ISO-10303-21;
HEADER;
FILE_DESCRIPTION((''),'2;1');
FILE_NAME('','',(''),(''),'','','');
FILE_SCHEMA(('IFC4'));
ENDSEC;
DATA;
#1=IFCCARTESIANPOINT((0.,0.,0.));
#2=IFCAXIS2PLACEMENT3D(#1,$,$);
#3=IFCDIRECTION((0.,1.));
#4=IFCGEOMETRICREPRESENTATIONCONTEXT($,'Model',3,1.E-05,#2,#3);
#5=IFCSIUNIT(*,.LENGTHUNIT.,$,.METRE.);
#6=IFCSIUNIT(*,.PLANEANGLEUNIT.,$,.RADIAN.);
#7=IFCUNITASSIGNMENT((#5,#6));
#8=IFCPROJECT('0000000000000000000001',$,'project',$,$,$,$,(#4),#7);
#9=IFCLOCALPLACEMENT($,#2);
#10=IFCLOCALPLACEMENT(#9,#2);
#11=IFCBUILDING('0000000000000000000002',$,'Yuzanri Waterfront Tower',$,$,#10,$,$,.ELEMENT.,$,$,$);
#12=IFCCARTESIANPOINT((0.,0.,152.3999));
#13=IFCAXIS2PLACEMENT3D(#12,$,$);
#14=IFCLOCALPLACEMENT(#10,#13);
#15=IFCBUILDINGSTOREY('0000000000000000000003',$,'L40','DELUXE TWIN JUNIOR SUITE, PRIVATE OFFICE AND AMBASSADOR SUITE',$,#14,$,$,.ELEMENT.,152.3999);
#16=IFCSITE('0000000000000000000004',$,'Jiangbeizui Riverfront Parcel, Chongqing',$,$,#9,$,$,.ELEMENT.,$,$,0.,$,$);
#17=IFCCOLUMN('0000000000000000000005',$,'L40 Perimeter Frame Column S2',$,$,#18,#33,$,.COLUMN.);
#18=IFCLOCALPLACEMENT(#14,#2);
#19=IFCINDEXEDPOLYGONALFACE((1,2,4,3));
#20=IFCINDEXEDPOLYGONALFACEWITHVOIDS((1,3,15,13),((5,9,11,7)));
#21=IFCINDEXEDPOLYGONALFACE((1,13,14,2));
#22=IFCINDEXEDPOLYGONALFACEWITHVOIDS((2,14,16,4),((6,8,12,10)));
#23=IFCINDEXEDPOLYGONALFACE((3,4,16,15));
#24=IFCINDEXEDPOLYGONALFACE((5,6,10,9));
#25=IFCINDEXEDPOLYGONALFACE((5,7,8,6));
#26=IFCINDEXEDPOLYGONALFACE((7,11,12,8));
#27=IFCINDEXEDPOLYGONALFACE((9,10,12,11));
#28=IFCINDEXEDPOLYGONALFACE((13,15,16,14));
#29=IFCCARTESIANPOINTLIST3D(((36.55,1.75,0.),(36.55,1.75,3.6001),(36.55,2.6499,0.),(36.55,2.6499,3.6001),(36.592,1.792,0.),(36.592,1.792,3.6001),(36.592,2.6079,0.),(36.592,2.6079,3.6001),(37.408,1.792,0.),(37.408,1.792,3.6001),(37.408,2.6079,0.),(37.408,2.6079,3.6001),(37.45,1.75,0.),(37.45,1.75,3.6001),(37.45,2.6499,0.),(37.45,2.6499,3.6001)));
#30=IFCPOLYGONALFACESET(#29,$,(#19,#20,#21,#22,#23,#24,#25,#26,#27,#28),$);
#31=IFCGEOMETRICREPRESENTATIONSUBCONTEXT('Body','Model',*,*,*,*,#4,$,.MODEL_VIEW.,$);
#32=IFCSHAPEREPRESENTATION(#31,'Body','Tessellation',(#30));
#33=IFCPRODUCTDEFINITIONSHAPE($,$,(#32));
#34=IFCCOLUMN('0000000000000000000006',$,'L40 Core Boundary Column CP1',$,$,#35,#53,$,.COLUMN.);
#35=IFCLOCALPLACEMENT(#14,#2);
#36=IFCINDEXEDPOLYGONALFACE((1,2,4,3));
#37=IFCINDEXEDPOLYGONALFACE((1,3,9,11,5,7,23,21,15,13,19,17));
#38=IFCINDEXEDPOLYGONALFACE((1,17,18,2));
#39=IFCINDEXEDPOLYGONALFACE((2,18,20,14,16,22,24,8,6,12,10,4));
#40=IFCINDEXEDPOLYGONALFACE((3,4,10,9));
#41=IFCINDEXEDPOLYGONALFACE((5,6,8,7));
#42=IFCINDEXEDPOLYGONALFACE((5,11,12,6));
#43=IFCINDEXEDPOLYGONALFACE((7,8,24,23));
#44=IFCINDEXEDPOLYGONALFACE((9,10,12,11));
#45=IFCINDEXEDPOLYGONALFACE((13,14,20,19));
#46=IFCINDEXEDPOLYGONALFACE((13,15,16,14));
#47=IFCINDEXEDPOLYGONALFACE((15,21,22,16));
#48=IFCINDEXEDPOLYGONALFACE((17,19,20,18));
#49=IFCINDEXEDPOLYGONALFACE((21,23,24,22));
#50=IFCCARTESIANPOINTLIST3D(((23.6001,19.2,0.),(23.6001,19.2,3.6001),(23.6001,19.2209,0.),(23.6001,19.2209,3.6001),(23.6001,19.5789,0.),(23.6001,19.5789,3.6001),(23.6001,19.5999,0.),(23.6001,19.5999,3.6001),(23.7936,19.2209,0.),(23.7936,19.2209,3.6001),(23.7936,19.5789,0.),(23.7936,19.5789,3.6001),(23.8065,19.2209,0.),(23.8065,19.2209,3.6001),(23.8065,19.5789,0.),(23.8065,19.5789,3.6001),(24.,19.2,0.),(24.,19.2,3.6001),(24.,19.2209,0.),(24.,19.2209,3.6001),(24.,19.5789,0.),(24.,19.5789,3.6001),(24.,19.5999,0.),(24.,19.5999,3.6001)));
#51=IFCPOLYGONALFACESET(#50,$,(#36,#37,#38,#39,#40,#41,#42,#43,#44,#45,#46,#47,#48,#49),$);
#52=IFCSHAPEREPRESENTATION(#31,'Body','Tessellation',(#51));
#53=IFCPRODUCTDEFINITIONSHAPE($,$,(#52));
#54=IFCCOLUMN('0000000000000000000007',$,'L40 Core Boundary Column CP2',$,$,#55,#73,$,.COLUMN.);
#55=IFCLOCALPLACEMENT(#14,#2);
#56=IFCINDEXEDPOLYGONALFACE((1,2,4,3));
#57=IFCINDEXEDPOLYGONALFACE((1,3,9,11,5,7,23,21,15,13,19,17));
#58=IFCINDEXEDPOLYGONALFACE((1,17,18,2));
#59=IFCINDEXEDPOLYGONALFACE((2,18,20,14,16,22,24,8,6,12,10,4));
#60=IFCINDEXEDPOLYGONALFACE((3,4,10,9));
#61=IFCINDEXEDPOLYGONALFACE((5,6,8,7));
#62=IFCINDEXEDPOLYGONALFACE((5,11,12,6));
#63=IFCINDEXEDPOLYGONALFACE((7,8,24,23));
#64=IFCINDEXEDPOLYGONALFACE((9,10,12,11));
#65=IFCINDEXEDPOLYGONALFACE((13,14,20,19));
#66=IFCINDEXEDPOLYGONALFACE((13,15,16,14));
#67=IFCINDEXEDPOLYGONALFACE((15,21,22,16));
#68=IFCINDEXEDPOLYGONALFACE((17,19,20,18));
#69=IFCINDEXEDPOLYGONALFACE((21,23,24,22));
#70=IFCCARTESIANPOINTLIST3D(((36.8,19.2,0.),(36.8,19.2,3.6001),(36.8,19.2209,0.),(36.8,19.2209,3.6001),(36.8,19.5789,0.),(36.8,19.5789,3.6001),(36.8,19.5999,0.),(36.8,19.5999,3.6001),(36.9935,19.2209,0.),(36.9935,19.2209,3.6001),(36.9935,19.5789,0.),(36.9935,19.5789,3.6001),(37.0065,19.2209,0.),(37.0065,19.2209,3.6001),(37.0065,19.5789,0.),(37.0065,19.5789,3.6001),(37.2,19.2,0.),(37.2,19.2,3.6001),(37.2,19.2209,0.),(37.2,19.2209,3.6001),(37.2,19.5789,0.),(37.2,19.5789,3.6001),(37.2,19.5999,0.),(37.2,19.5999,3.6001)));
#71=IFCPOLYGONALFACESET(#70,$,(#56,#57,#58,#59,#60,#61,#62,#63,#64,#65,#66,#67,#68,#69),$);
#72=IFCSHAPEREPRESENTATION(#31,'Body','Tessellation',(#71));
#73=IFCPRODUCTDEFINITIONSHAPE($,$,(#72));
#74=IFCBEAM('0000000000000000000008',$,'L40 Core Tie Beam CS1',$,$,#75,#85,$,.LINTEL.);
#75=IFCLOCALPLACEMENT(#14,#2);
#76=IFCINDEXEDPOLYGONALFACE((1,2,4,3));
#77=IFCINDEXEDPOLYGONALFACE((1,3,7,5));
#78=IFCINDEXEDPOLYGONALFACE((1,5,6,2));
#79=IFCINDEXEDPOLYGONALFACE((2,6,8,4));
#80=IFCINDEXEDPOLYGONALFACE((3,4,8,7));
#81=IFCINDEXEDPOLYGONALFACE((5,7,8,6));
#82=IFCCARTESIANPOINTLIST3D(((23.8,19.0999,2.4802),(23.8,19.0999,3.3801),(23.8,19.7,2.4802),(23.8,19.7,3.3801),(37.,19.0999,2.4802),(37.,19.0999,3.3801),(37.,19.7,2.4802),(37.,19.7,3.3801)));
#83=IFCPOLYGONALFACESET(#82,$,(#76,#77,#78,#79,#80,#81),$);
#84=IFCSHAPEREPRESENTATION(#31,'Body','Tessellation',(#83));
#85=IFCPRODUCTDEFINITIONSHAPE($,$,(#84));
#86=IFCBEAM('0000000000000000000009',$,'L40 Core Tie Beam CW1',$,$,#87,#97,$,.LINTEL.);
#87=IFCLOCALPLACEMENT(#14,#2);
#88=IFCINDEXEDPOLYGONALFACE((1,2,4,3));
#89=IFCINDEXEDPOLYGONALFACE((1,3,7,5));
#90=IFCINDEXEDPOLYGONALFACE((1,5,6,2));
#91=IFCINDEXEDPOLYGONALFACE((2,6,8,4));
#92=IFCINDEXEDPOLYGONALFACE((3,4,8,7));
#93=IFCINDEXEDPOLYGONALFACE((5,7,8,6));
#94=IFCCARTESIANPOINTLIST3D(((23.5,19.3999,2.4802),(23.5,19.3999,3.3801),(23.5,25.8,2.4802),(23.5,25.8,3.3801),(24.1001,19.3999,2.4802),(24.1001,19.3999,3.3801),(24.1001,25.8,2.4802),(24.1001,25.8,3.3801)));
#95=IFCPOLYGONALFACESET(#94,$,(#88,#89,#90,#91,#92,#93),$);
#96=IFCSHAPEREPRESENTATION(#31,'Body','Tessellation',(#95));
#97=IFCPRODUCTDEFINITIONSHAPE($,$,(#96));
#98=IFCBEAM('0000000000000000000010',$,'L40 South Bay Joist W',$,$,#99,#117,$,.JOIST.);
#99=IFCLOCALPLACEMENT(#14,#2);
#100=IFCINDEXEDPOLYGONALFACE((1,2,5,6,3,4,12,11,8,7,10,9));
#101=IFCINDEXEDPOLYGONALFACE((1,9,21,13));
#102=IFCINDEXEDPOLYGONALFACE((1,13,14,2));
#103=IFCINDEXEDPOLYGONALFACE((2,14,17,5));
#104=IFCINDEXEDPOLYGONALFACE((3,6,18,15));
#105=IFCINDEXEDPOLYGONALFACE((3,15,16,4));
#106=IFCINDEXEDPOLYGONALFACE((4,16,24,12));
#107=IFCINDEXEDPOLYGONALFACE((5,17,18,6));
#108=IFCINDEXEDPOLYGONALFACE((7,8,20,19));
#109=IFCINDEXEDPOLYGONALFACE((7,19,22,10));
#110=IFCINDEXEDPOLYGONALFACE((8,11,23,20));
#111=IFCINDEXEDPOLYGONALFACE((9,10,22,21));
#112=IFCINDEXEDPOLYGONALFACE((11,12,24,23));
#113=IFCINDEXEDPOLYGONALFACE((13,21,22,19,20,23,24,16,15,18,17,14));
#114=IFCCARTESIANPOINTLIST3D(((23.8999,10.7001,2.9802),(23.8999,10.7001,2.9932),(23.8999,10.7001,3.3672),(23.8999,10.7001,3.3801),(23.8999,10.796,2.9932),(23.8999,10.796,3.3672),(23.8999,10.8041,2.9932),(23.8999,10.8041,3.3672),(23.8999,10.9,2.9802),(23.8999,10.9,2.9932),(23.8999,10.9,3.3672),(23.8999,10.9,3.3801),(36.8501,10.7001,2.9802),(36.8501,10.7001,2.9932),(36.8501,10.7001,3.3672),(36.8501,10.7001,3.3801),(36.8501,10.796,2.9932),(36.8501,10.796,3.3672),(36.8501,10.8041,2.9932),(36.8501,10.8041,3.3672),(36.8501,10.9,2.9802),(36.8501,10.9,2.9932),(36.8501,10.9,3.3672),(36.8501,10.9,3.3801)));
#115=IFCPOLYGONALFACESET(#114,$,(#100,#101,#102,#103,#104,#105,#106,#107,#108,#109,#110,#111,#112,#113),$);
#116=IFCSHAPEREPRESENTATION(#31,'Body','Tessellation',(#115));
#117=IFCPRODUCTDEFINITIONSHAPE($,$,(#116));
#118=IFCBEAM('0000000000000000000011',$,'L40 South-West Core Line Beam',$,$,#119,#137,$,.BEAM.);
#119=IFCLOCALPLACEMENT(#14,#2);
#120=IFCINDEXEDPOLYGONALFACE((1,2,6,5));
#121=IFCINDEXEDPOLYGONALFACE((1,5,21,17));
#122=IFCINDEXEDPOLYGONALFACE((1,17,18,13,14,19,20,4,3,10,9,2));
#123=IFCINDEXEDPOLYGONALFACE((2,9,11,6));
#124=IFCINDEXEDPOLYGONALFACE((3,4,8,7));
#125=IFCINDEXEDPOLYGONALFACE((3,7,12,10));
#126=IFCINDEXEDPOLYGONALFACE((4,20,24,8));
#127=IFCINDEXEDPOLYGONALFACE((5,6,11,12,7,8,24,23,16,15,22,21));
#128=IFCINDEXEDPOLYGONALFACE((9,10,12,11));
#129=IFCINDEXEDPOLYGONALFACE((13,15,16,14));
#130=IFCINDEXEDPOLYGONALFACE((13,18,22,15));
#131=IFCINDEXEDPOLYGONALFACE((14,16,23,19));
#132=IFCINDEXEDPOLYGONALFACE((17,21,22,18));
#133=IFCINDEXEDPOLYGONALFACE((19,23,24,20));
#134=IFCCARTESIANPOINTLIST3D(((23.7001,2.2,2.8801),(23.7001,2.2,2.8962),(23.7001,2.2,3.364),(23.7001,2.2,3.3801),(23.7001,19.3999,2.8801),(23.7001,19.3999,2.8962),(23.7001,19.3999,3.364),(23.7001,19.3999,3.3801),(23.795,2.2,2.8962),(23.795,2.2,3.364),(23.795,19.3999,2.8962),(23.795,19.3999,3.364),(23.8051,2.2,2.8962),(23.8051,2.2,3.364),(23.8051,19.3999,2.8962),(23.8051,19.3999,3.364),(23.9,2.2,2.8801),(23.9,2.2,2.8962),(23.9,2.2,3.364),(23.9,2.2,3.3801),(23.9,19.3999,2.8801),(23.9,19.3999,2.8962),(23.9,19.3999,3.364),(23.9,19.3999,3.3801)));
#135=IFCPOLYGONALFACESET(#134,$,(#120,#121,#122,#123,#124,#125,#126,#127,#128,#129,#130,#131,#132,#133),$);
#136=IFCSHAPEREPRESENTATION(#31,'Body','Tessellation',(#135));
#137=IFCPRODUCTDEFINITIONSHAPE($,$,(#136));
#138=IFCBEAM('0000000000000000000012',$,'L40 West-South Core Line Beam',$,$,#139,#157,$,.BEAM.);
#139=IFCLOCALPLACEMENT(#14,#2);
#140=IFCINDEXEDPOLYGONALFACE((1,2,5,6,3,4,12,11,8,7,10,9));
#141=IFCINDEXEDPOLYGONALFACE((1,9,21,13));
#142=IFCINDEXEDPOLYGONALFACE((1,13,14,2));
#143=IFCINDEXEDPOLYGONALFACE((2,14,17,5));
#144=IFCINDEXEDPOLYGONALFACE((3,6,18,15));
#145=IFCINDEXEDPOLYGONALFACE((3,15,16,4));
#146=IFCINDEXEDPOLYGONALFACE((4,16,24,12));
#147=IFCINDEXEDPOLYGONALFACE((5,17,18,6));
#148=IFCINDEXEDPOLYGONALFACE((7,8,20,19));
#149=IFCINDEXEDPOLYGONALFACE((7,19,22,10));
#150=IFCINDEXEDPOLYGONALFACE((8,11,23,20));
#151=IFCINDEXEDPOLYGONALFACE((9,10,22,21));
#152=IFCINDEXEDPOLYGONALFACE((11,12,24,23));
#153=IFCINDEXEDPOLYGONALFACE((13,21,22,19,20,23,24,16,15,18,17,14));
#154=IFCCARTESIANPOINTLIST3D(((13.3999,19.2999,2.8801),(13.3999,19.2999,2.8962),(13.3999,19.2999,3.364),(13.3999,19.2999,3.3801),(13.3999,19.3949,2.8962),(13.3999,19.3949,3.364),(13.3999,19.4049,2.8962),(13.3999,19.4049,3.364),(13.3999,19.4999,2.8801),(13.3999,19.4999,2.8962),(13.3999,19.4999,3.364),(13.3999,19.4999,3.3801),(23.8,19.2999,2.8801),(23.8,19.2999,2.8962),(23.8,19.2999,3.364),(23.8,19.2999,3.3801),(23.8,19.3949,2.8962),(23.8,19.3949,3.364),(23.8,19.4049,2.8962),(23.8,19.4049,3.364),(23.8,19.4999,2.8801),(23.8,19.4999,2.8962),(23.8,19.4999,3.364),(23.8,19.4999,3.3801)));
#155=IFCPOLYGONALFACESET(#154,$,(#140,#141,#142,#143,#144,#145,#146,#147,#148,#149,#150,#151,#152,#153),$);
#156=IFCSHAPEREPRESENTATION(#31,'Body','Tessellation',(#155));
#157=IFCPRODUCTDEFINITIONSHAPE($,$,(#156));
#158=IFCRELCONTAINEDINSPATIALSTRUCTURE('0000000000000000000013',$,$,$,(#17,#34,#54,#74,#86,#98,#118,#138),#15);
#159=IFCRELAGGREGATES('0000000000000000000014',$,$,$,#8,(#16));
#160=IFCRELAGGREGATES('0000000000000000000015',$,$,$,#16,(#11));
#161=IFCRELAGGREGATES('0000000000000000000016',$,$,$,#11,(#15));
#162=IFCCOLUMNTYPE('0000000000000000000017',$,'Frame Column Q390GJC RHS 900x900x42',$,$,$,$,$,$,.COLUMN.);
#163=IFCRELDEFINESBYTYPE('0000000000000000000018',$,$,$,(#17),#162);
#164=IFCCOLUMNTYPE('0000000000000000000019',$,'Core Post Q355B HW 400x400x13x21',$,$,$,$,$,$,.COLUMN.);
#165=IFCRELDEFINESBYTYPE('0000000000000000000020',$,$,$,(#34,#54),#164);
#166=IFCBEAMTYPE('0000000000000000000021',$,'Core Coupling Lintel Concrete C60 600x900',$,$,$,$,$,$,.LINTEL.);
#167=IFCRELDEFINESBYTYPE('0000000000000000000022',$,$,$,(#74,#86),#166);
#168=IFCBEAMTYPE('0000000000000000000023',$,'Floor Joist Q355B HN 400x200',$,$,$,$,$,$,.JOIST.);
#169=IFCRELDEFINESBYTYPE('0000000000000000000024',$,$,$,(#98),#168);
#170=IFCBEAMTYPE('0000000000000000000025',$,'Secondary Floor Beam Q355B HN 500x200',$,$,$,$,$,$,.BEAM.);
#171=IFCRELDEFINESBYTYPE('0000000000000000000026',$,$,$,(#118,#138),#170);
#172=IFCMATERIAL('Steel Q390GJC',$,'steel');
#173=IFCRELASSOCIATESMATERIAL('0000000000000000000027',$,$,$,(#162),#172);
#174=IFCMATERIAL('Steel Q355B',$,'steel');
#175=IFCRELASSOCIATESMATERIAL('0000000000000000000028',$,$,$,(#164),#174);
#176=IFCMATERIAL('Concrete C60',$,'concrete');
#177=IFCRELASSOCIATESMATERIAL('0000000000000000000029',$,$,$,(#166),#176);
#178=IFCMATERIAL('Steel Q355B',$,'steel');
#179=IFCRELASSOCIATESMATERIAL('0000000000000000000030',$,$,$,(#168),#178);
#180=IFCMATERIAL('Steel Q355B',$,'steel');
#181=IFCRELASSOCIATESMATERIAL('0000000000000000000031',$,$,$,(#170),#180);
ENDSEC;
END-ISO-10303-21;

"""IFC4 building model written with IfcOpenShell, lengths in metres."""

from ifc_helpers import new_model, si_unit, direction, frame, origin, origin_2d, place, context, subcontext, project, spatial, rectangle, hollow_rectangle, i_section, extrude, source, transform, mapped, material, material_profile, profile_set, type_object, element, save


model = new_model("IFC4")

# Units and contexts
model_context = context("Model", 3, precision=1e-05, world=origin(), true_north=direction((0.0, 1.0)))
body_context = subcontext(model_context, "Body", "Model", "MODEL_VIEW")
ifc_project = project(units=[si_unit("LENGTHUNIT", "METRE"), si_unit("PLANEANGLEUNIT", "RADIAN")], contexts=[model_context])

# Site, building, storey
site_placement = place(None, origin())
site = spatial("IfcSite", under=ifc_project, at=site_placement, Name="Jiangbeizui Riverfront Parcel, Chongqing", CompositionType="ELEMENT", RefElevation=0.0)
building_placement = place(site_placement, origin())
building = spatial("IfcBuilding", under=site, at=building_placement, Name="Yuzanri Waterfront Tower", CompositionType="ELEMENT")
storey_placement = place(building_placement, frame((0.0, 0.0, 152.3999)))
storey = spatial("IfcBuildingStorey", under=building, at=storey_placement, Name="L40", Description="DELUXE TWIN JUNIOR SUITE, PRIVATE OFFICE AND AMBASSADOR SUITE", CompositionType="ELEMENT", Elevation=152.3999)

# Columns
ifc_material_1 = material(Name="Steel Q390GJC", Category="steel")
ifc_material_profile_1 = material_profile(ifc_material_1, hollow_rectangle(XDim=0.8999, YDim=0.8999, WallThickness=0.042, at=origin_2d()), Name="RHS 900x900x42")
ifc_profile_set_1 = profile_set([ifc_material_profile_1], Name="Steel Q390GJC")
column_type_1 = type_object("IfcColumnType", Name="Frame Column Q390GJC RHS 900x900x42", PredefinedType="COLUMN", material=ifc_profile_set_1)
shared_shape_1 = source(origin(), body_context, "Body", "SweptSolid", [
    extrude(hollow_rectangle(XDim=0.8999, YDim=0.8999, WallThickness=0.042, at=origin_2d()), origin(), (0.0, 0.0, 1.0), 3.6001),
])
column_placement = place(storey_placement, frame((37.0, 2.2, 0.0), z_axis=(0.0, 0.0, 1.0), x_axis=(1.0, 0.0, 0.0)))
element("IfcColumn", 1, at=column_placement, inside=storey, type_object=column_type_1, Name="L40 Perimeter Frame Column S2", PredefinedType="COLUMN", context=body_context, shape_type="MappedRepresentation", body=[
    mapped(shared_shape_1, transform((0.0, 0.0, 0.0), scale=1.0)),
])
ifc_material_2 = material(Name="Steel Q355B", Category="steel")
ifc_material_profile_2 = material_profile(ifc_material_2, i_section(OverallWidth=0.3999, OverallDepth=0.3999, WebThickness=0.0129, FlangeThickness=0.021, at=origin_2d()), Name="HW 400x400x13x21")
ifc_profile_set_2 = profile_set([ifc_material_profile_2], Name="Steel Q355B")
column_type_2 = type_object("IfcColumnType", Name="Core Post Q355B HW 400x400x13x21", PredefinedType="COLUMN", material=ifc_profile_set_2)
shared_shape_2 = source(origin(), body_context, "Body", "SweptSolid", [
    extrude(i_section(OverallWidth=0.3999, OverallDepth=0.3999, WebThickness=0.0129, FlangeThickness=0.021, at=origin_2d()), origin(), (0.0, 0.0, 1.0), 3.6001),
])
for number, where, z_axis, x_axis, name in (
    (2, (23.8, 19.3999, 0.0), (0.0, 0.0, 1.0), (1.0, 0.0, 0.0), "L40 Core Boundary Column CP1"),
    (3, (37.0, 19.3999, 0.0), (0.0, 0.0, 1.0), (1.0, 0.0, 0.0), "L40 Core Boundary Column CP2"),
):
    element("IfcColumn", number, at=place(storey_placement, frame(where, z_axis=z_axis, x_axis=x_axis)), inside=storey, type_object=column_type_2, Name=name, PredefinedType="COLUMN", context=body_context, shape_type="MappedRepresentation", body=[
        mapped(shared_shape_2, transform((0.0, 0.0, 0.0), scale=1.0)),
    ])

# Beams
ifc_material_3 = material(Name="Concrete C60", Category="concrete")
ifc_material_profile_3 = material_profile(ifc_material_3, rectangle(XDim=0.6001, YDim=0.8999, at=origin_2d()), Name="RC 600x900")
ifc_profile_set_3 = profile_set([ifc_material_profile_3], Name="Concrete C60")
beam_type_1 = type_object("IfcBeamType", Name="Core Coupling Lintel Concrete C60 600x900", PredefinedType="LINTEL", material=ifc_profile_set_3)
shared_shape_3 = source(origin(), body_context, "Body", "SweptSolid", [
    extrude(rectangle(XDim=0.6001, YDim=0.8999, at=origin_2d()), origin(), (0.0, 0.0, 1.0), 13.2),
])
beam_1_placement = place(storey_placement, frame((23.8, 19.3999, 2.9302), z_axis=(1.0, 0.0, 0.0), x_axis=(0.0, 1.0, 0.0)))
element("IfcBeam", 4, at=beam_1_placement, inside=storey, type_object=beam_type_1, Name="L40 Core Tie Beam CS1", PredefinedType="LINTEL", context=body_context, shape_type="MappedRepresentation", body=[
    mapped(shared_shape_3, transform((0.0, 0.0, 0.0), scale=1.0)),
])
shared_shape_4 = source(origin(), body_context, "Body", "SweptSolid", [
    extrude(rectangle(XDim=0.6001, YDim=0.8999, at=origin_2d()), origin(), (0.0, 0.0, 1.0), 6.4001),
])
beam_2_placement = place(storey_placement, frame((23.8, 19.3999, 2.9302), z_axis=(0.0, 1.0, 0.0), x_axis=(-1.0, 0.0, 0.0)))
element("IfcBeam", 5, at=beam_2_placement, inside=storey, type_object=beam_type_1, Name="L40 Core Tie Beam CW1", PredefinedType="LINTEL", context=body_context, shape_type="MappedRepresentation", body=[
    mapped(shared_shape_4, transform((0.0, 0.0, 0.0), scale=1.0)),
])
ifc_material_4 = material(Name="Steel Q355B", Category="steel")
ifc_material_profile_4 = material_profile(ifc_material_4, i_section(OverallWidth=0.2, OverallDepth=0.3999, WebThickness=0.0081, FlangeThickness=0.0129, at=origin_2d()), Name="HN 400x200x8x13")
ifc_profile_set_4 = profile_set([ifc_material_profile_4], Name="Steel Q355B")
beam_type_2 = type_object("IfcBeamType", Name="Floor Joist Q355B HN 400x200", PredefinedType="JOIST", material=ifc_profile_set_4)
shared_shape_5 = source(origin(), body_context, "Body", "SweptSolid", [
    extrude(i_section(OverallWidth=0.2, OverallDepth=0.3999, WebThickness=0.0081, FlangeThickness=0.0129, at=origin_2d()), origin(), (0.0, 0.0, 1.0), 12.9502),
])
beam_3_placement = place(storey_placement, frame((23.8999, 10.8, 3.1802), z_axis=(1.0, 0.0, 0.0), x_axis=(0.0, 1.0, 0.0)))
element("IfcBeam", 6, at=beam_3_placement, inside=storey, type_object=beam_type_2, Name="L40 South Bay Joist W", PredefinedType="JOIST", context=body_context, shape_type="MappedRepresentation", body=[
    mapped(shared_shape_5, transform((0.0, 0.0, 0.0), scale=1.0)),
])
ifc_material_5 = material(Name="Steel Q355B", Category="steel")
ifc_material_profile_5 = material_profile(ifc_material_5, i_section(OverallWidth=0.2, OverallDepth=0.5, WebThickness=0.01, FlangeThickness=0.0161, at=origin_2d()), Name="HN 500x200x10x16")
ifc_profile_set_5 = profile_set([ifc_material_profile_5], Name="Steel Q355B")
beam_type_3 = type_object("IfcBeamType", Name="Secondary Floor Beam Q355B HN 500x200", PredefinedType="BEAM", material=ifc_profile_set_5)
shared_shape_6 = source(origin(), body_context, "Body", "SweptSolid", [
    extrude(i_section(OverallWidth=0.2, OverallDepth=0.5, WebThickness=0.01, FlangeThickness=0.0161, at=origin_2d()), origin(), (0.0, 0.0, 1.0), 17.2),
])
beam_4_placement = place(storey_placement, frame((23.8, 19.3999, 3.1301), z_axis=(0.0, -1.0, 0.0), x_axis=(1.0, 0.0, 0.0)))
element("IfcBeam", 7, at=beam_4_placement, inside=storey, type_object=beam_type_3, Name="L40 South-West Core Line Beam", PredefinedType="BEAM", context=body_context, shape_type="MappedRepresentation", body=[
    mapped(shared_shape_6, transform((0.0, 0.0, 0.0), scale=1.0)),
])
shared_shape_7 = source(origin(), body_context, "Body", "SweptSolid", [
    extrude(i_section(OverallWidth=0.2, OverallDepth=0.5, WebThickness=0.01, FlangeThickness=0.0161, at=origin_2d()), origin(), (0.0, 0.0, 1.0), 10.4001),
])
beam_5_placement = place(storey_placement, frame((23.8, 19.3999, 3.1301), z_axis=(-1.0, 0.0, 0.0), x_axis=(0.0, -1.0, 0.0)))
element("IfcBeam", 8, at=beam_5_placement, inside=storey, type_object=beam_type_3, Name="L40 West-South Core Line Beam", PredefinedType="BEAM", context=body_context, shape_type="MappedRepresentation", body=[
    mapped(shared_shape_7, transform((0.0, 0.0, 0.0), scale=1.0)),
])

save(model, "model.ifc")
